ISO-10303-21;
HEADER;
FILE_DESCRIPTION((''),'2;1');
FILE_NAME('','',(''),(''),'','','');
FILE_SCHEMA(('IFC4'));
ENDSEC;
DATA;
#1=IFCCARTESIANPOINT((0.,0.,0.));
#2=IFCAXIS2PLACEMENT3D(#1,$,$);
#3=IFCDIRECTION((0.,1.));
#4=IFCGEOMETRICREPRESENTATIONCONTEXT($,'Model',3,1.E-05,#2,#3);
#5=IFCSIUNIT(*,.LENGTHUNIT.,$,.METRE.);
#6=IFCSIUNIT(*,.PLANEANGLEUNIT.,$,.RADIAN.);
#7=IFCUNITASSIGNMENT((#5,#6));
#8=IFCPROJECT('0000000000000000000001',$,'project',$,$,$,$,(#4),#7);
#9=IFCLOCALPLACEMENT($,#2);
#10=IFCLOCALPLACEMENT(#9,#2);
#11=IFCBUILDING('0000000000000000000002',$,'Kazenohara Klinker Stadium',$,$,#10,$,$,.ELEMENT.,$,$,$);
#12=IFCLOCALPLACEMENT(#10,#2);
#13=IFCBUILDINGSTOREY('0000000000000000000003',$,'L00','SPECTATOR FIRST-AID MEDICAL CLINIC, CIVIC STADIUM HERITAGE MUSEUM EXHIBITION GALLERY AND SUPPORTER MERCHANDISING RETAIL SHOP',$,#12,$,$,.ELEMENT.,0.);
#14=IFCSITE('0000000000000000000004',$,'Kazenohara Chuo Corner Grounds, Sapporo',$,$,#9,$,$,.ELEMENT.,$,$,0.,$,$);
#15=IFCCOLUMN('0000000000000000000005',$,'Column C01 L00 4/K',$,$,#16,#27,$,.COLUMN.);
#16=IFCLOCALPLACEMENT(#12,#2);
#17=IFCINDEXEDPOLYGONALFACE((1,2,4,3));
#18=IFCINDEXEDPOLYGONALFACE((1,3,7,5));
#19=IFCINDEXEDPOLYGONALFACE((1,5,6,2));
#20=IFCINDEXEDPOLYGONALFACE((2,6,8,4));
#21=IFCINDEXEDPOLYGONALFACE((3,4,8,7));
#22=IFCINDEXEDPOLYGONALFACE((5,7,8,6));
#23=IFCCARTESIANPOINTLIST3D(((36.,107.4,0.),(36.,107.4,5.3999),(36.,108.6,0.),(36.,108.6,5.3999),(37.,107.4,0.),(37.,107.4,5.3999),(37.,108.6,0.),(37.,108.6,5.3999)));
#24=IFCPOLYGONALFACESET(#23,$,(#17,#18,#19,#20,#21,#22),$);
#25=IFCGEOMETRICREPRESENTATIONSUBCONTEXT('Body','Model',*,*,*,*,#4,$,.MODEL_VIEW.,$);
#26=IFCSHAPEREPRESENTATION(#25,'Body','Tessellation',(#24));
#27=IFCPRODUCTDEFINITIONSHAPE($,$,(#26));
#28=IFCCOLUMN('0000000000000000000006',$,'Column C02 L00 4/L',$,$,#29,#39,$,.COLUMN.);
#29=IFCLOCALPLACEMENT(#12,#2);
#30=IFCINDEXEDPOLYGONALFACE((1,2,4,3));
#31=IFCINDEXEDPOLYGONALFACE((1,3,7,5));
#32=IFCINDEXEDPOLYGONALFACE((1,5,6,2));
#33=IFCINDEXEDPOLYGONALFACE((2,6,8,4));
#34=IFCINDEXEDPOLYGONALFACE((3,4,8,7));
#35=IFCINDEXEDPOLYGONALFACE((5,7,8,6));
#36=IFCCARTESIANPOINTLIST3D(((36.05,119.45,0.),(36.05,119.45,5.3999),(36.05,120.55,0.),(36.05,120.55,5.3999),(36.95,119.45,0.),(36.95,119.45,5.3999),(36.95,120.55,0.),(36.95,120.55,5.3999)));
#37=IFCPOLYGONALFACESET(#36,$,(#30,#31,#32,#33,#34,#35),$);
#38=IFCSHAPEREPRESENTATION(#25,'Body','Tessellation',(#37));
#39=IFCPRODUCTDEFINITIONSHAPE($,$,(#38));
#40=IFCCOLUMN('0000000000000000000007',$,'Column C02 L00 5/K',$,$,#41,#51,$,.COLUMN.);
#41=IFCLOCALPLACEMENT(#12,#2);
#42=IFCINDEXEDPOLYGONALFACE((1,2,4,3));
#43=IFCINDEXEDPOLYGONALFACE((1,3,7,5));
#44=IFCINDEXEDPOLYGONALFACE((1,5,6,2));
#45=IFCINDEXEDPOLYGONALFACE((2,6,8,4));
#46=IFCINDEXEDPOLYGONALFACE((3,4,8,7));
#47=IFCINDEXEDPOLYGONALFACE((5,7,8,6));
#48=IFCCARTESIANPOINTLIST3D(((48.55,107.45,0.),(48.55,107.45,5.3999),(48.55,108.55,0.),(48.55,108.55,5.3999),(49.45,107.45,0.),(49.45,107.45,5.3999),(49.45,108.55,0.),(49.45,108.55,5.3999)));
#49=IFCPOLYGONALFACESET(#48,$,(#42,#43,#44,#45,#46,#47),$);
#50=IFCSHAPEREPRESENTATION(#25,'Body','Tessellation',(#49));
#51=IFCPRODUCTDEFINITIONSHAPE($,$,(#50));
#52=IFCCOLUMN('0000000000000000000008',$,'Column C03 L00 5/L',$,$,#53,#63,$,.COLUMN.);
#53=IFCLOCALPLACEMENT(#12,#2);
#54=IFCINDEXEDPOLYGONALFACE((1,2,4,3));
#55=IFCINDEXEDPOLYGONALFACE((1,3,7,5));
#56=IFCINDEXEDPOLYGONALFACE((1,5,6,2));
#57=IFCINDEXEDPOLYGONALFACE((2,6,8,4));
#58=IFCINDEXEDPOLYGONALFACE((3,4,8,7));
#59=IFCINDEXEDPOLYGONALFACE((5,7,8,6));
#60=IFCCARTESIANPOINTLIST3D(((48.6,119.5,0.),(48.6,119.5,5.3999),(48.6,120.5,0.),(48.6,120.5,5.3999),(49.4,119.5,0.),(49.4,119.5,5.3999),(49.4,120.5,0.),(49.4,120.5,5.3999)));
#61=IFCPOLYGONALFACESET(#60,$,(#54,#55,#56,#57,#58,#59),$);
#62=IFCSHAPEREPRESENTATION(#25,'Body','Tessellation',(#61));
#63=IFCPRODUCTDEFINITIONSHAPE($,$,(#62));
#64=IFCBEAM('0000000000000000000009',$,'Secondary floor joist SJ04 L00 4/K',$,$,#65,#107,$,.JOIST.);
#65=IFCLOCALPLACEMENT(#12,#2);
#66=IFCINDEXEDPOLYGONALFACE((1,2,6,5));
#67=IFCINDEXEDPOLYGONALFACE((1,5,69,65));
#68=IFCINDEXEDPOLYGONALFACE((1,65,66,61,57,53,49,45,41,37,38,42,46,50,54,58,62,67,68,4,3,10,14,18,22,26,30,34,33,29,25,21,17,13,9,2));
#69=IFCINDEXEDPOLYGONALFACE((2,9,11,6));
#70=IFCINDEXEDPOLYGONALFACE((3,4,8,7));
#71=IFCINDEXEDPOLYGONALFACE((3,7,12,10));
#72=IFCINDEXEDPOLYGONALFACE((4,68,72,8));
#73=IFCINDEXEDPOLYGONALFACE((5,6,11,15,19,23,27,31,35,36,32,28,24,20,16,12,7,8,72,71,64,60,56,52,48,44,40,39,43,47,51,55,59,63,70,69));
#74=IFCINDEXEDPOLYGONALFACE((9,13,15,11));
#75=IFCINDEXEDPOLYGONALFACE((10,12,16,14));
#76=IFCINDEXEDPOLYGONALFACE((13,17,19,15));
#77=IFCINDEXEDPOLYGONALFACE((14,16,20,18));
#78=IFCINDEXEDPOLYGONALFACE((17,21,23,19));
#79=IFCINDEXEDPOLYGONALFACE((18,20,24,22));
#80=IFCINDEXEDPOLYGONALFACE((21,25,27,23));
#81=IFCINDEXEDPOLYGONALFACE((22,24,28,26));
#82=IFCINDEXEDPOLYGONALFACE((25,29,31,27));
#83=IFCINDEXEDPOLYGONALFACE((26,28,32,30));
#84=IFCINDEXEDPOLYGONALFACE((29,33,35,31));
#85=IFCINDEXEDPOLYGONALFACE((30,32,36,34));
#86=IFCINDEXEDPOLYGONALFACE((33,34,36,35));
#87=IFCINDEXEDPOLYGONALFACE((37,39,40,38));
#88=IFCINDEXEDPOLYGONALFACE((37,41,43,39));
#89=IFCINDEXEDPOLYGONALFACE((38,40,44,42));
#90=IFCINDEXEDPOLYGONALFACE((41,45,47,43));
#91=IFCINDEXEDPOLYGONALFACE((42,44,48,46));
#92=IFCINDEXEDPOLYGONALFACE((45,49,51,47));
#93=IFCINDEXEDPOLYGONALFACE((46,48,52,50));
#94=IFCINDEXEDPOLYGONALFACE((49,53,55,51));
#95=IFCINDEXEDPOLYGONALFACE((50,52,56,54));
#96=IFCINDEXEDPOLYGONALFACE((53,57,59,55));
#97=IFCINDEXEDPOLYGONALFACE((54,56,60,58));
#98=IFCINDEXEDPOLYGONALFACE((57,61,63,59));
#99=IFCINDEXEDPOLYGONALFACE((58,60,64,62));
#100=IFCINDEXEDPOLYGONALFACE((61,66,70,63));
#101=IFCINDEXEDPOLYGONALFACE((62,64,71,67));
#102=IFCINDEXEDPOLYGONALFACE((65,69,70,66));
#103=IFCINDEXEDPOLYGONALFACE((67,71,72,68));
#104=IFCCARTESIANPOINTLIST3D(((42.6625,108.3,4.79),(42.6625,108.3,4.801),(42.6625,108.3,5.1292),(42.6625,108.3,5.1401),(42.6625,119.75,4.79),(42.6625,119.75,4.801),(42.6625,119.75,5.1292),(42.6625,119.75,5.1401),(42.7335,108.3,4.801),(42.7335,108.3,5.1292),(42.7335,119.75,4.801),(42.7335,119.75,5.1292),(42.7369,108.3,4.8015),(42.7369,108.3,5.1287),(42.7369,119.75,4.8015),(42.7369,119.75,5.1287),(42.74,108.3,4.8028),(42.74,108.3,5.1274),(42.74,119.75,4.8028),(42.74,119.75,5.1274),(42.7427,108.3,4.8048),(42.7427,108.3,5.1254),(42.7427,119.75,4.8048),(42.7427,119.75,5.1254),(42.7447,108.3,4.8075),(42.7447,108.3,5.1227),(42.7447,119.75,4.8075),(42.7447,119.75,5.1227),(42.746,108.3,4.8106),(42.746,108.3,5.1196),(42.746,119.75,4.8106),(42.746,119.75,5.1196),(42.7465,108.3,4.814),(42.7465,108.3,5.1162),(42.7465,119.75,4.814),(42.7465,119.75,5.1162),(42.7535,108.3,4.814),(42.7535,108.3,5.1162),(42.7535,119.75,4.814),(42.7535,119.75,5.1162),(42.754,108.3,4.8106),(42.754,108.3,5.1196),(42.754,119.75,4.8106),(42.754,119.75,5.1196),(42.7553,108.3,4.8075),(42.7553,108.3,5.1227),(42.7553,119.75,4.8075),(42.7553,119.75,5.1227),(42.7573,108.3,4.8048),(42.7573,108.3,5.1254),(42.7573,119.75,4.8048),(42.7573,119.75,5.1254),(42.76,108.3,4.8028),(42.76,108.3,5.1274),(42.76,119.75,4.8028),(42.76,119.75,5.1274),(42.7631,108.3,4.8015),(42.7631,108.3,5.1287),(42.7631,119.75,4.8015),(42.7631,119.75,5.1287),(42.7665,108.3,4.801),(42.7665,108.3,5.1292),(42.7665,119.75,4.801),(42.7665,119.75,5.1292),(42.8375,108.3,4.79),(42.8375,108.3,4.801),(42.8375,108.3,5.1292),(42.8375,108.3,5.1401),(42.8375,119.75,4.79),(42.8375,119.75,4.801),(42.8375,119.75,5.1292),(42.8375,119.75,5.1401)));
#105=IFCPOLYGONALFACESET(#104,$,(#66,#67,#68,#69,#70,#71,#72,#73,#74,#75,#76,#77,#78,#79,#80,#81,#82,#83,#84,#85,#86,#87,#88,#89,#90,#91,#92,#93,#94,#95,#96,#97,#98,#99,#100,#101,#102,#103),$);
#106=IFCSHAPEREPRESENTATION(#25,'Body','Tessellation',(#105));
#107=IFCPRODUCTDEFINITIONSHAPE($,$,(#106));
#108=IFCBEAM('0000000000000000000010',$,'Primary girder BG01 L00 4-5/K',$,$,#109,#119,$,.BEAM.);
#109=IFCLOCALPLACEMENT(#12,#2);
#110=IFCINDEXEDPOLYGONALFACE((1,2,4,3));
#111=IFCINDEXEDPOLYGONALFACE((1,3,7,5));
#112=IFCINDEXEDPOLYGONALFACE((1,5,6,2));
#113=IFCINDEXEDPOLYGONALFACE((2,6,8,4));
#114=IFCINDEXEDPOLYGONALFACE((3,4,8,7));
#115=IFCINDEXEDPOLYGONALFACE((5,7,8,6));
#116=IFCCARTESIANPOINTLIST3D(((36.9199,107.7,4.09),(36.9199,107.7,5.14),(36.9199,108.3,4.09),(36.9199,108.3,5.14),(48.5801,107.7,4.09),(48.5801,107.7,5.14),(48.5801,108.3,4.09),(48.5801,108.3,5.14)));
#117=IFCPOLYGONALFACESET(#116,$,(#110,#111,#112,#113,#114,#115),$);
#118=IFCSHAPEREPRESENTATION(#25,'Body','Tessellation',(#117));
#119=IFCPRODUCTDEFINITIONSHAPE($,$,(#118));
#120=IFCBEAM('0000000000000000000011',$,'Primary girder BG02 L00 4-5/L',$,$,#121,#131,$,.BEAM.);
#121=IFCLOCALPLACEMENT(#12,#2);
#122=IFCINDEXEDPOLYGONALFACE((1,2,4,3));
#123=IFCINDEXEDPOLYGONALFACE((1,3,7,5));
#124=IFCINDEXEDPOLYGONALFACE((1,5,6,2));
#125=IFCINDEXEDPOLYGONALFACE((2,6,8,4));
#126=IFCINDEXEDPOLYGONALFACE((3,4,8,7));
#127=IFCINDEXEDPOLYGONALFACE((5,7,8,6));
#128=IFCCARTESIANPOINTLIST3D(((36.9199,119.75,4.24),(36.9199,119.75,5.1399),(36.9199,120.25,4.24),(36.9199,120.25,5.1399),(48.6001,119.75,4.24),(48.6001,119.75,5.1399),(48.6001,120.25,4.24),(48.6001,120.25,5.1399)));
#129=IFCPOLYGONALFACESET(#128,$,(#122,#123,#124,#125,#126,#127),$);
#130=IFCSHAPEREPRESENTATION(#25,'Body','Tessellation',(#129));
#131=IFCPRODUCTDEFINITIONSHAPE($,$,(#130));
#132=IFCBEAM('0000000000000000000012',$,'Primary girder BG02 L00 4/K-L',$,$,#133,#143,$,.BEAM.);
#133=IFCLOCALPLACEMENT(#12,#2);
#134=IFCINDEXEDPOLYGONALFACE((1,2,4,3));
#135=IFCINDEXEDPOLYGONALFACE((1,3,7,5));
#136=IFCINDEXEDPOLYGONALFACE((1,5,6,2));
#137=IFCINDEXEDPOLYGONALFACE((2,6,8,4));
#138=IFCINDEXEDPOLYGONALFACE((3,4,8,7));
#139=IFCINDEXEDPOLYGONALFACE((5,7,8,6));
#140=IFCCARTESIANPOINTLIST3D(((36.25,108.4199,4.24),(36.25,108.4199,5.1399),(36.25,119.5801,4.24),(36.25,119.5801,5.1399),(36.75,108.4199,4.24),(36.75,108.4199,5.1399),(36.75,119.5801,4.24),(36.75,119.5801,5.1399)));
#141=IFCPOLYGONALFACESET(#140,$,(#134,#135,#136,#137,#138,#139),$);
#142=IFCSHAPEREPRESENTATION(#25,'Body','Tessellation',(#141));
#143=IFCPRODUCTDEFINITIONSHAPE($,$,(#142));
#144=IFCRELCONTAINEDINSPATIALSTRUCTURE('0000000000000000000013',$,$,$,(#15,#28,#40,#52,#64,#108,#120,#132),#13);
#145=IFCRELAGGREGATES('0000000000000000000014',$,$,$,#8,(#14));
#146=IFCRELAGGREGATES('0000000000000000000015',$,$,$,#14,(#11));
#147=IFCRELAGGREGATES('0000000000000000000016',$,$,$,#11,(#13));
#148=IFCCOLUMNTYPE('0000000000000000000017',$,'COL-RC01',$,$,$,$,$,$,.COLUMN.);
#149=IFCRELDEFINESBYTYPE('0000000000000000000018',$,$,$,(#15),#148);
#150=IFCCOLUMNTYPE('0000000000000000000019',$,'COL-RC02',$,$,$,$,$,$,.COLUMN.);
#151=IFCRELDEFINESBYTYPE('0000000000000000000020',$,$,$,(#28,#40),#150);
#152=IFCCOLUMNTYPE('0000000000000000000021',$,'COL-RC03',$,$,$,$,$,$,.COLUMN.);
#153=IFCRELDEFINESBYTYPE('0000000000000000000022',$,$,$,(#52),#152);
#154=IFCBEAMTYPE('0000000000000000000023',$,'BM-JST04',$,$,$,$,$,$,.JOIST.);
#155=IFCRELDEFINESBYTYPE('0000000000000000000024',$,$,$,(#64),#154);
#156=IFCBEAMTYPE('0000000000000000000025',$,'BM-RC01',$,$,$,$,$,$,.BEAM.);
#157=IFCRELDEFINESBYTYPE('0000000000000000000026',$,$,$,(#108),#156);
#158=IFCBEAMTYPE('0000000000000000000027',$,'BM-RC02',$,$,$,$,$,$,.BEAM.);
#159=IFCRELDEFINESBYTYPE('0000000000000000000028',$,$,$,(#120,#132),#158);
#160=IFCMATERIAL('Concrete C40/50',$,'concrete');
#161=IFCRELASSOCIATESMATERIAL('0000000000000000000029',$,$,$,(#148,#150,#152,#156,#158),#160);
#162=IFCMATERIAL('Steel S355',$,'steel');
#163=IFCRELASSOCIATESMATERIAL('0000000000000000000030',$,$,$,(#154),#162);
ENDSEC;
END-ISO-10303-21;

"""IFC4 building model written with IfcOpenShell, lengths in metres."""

from ifc_helpers import new_model, si_unit, direction, frame, origin, origin_2d, place, context, subcontext, project, spatial, rectangle, i_section, extrude, material, material_profile, profile_set, type_object, element, save


model = new_model("IFC4")

# Units and contexts
model_context = context("Model", 3, precision=1e-05, world=origin(), true_north=direction((0.0, 1.0)))
body_context = subcontext(model_context, "Body", "Model", "MODEL_VIEW")
ifc_project = project(units=[si_unit("LENGTHUNIT", "METRE"), si_unit("PLANEANGLEUNIT", "RADIAN")], contexts=[model_context])

# Site, building, storey
site_placement = place(None, origin())
site = spatial("IfcSite", under=ifc_project, at=site_placement, Name="Kazenohara Chuo Corner Grounds, Sapporo", CompositionType="ELEMENT", RefElevation=0.0)
building_placement = place(site_placement, origin())
building = spatial("IfcBuilding", under=site, at=building_placement, Name="Kazenohara Klinker Stadium", CompositionType="ELEMENT")
storey_placement = place(building_placement, origin())
storey = spatial("IfcBuildingStorey", under=building, at=storey_placement, Name="L00", Description="SPECTATOR FIRST-AID MEDICAL CLINIC, CIVIC STADIUM HERITAGE MUSEUM EXHIBITION GALLERY AND SUPPORTER MERCHANDISING RETAIL SHOP", CompositionType="ELEMENT", Elevation=0.0)

# Columns
ifc_material_1 = material(Name="Concrete C40/50", Category="concrete")
ifc_material_profile_1 = material_profile(ifc_material_1, rectangle(XDim=1.0, YDim=1.2, at=origin_2d()), Name="RC-COL-1200x1000")
ifc_profile_set_1 = profile_set([ifc_material_profile_1], Name="Concrete C40/50")
column_type_1 = type_object("IfcColumnType", Name="COL-RC01", PredefinedType="COLUMN", material=ifc_profile_set_1)
column_1_placement = place(storey_placement, frame((36.5, 108.0, 0.0), z_axis=(0.0, 0.0, 1.0), x_axis=(1.0, 0.0, 0.0)))
element("IfcColumn", 1, at=column_1_placement, inside=storey, type_object=column_type_1, Name="Column C01 L00 4/K", PredefinedType="COLUMN", context=body_context, shape_type="SweptSolid", body=[
    extrude(rectangle(XDim=1.0, YDim=1.2, at=origin_2d()), origin(), (0.0, 0.0, 1.0), 5.3999),
])
ifc_material_profile_2 = material_profile(ifc_material_1, rectangle(XDim=0.8999, YDim=1.1001, at=origin_2d()), Name="RC-COL-1100x900")
ifc_profile_set_2 = profile_set([ifc_material_profile_2], Name="Concrete C40/50")
column_type_2 = type_object("IfcColumnType", Name="COL-RC02", PredefinedType="COLUMN", material=ifc_profile_set_2)
for number, where, z_axis, x_axis, name in (
    (2, (36.5, 120.0, 0.0), (0.0, 0.0, 1.0), (1.0, 0.0, 0.0), "Column C02 L00 4/L"),
    (3, (49.0, 108.0, 0.0), (0.0, 0.0, 1.0), (1.0, 0.0, 0.0), "Column C02 L00 5/K"),
):
    element("IfcColumn", number, at=place(storey_placement, frame(where, z_axis=z_axis, x_axis=x_axis)), inside=storey, type_object=column_type_2, Name=name, PredefinedType="COLUMN", context=body_context, shape_type="SweptSolid", body=[
        extrude(rectangle(XDim=0.8999, YDim=1.1001, at=origin_2d()), origin(), (0.0, 0.0, 1.0), 5.3999),
    ])
ifc_material_profile_3 = material_profile(ifc_material_1, rectangle(XDim=0.8, YDim=1.0, at=origin_2d()), Name="RC-COL-1000x800")
ifc_profile_set_3 = profile_set([ifc_material_profile_3], Name="Concrete C40/50")
column_type_3 = type_object("IfcColumnType", Name="COL-RC03", PredefinedType="COLUMN", material=ifc_profile_set_3)
column_2_placement = place(storey_placement, frame((49.0, 120.0, 0.0), z_axis=(0.0, 0.0, 1.0), x_axis=(1.0, 0.0, 0.0)))
element("IfcColumn", 4, at=column_2_placement, inside=storey, type_object=column_type_3, Name="Column C03 L00 5/L", PredefinedType="COLUMN", context=body_context, shape_type="SweptSolid", body=[
    extrude(rectangle(XDim=0.8, YDim=1.0, at=origin_2d()), origin(), (0.0, 0.0, 1.0), 5.3999),
])

# Beams
ifc_material_2 = material(Name="Steel S355", Category="steel")
ifc_material_profile_4 = material_profile(ifc_material_2, i_section(OverallWidth=0.175, OverallDepth=0.3501, WebThickness=0.0071, FlangeThickness=0.011, FilletRadius=0.0129, at=origin_2d()), Name="H-350x175x7x11")
ifc_profile_set_4 = profile_set([ifc_material_profile_4], Name="Steel S355")
beam_type_1 = type_object("IfcBeamType", Name="BM-JST04", PredefinedType="JOIST", material=ifc_profile_set_4)
beam_1_placement = place(storey_placement, frame((42.75, 108.3, 4.9651), z_axis=(0.0, 1.0, 0.0), x_axis=(-1.0, 0.0, 0.0)))
element("IfcBeam", 5, at=beam_1_placement, inside=storey, type_object=beam_type_1, Name="Secondary floor joist SJ04 L00 4/K", PredefinedType="JOIST", context=body_context, shape_type="SweptSolid", body=[
    extrude(i_section(OverallWidth=0.175, OverallDepth=0.3501, WebThickness=0.0071, FlangeThickness=0.011, FilletRadius=0.0129, at=origin_2d()), origin(), (0.0, 0.0, 1.0), 11.45),
])
ifc_material_profile_5 = material_profile(ifc_material_1, rectangle(XDim=0.6001, YDim=1.05, at=origin_2d()), Name="RC-BM-600x1050")
ifc_profile_set_5 = profile_set([ifc_material_profile_5], Name="Concrete C40/50")
beam_type_2 = type_object("IfcBeamType", Name="BM-RC01", PredefinedType="BEAM", material=ifc_profile_set_5)
beam_2_placement = place(storey_placement, frame((36.9199, 108.0, 4.615), z_axis=(1.0, 0.0, 0.0), x_axis=(0.0, 1.0, 0.0)))
element("IfcBeam", 6, at=beam_2_placement, inside=storey, type_object=beam_type_2, Name="Primary girder BG01 L00 4-5/K", PredefinedType="BEAM", context=body_context, shape_type="SweptSolid", body=[
    extrude(rectangle(XDim=0.6001, YDim=1.05, at=origin_2d()), origin(), (0.0, 0.0, 1.0), 11.6602),
])
ifc_material_profile_6 = material_profile(ifc_material_1, rectangle(XDim=0.5, YDim=0.8999, at=origin_2d()), Name="RC-BM-500x900")
ifc_profile_set_6 = profile_set([ifc_material_profile_6], Name="Concrete C40/50")
beam_type_3 = type_object("IfcBeamType", Name="BM-RC02", PredefinedType="BEAM", material=ifc_profile_set_6)
beam_3_placement = place(storey_placement, frame((36.9199, 120.0, 4.6899), z_axis=(1.0, 0.0, 0.0), x_axis=(0.0, 1.0, 0.0)))
element("IfcBeam", 7, at=beam_3_placement, inside=storey, type_object=beam_type_3, Name="Primary girder BG02 L00 4-5/L", PredefinedType="BEAM", context=body_context, shape_type="SweptSolid", body=[
    extrude(rectangle(XDim=0.5, YDim=0.8999, at=origin_2d()), origin(), (0.0, 0.0, 1.0), 11.6802),
])
beam_4_placement = place(storey_placement, frame((36.5, 108.4199, 4.6899), z_axis=(0.0, 1.0, 0.0), x_axis=(-1.0, 0.0, 0.0)))
element("IfcBeam", 8, at=beam_4_placement, inside=storey, type_object=beam_type_3, Name="Primary girder BG02 L00 4/K-L", PredefinedType="BEAM", context=body_context, shape_type="SweptSolid", body=[
    extrude(rectangle(XDim=0.5, YDim=0.8999, at=origin_2d()), origin(), (0.0, 0.0, 1.0), 11.1602),
])

save(model, "model.ifc")
